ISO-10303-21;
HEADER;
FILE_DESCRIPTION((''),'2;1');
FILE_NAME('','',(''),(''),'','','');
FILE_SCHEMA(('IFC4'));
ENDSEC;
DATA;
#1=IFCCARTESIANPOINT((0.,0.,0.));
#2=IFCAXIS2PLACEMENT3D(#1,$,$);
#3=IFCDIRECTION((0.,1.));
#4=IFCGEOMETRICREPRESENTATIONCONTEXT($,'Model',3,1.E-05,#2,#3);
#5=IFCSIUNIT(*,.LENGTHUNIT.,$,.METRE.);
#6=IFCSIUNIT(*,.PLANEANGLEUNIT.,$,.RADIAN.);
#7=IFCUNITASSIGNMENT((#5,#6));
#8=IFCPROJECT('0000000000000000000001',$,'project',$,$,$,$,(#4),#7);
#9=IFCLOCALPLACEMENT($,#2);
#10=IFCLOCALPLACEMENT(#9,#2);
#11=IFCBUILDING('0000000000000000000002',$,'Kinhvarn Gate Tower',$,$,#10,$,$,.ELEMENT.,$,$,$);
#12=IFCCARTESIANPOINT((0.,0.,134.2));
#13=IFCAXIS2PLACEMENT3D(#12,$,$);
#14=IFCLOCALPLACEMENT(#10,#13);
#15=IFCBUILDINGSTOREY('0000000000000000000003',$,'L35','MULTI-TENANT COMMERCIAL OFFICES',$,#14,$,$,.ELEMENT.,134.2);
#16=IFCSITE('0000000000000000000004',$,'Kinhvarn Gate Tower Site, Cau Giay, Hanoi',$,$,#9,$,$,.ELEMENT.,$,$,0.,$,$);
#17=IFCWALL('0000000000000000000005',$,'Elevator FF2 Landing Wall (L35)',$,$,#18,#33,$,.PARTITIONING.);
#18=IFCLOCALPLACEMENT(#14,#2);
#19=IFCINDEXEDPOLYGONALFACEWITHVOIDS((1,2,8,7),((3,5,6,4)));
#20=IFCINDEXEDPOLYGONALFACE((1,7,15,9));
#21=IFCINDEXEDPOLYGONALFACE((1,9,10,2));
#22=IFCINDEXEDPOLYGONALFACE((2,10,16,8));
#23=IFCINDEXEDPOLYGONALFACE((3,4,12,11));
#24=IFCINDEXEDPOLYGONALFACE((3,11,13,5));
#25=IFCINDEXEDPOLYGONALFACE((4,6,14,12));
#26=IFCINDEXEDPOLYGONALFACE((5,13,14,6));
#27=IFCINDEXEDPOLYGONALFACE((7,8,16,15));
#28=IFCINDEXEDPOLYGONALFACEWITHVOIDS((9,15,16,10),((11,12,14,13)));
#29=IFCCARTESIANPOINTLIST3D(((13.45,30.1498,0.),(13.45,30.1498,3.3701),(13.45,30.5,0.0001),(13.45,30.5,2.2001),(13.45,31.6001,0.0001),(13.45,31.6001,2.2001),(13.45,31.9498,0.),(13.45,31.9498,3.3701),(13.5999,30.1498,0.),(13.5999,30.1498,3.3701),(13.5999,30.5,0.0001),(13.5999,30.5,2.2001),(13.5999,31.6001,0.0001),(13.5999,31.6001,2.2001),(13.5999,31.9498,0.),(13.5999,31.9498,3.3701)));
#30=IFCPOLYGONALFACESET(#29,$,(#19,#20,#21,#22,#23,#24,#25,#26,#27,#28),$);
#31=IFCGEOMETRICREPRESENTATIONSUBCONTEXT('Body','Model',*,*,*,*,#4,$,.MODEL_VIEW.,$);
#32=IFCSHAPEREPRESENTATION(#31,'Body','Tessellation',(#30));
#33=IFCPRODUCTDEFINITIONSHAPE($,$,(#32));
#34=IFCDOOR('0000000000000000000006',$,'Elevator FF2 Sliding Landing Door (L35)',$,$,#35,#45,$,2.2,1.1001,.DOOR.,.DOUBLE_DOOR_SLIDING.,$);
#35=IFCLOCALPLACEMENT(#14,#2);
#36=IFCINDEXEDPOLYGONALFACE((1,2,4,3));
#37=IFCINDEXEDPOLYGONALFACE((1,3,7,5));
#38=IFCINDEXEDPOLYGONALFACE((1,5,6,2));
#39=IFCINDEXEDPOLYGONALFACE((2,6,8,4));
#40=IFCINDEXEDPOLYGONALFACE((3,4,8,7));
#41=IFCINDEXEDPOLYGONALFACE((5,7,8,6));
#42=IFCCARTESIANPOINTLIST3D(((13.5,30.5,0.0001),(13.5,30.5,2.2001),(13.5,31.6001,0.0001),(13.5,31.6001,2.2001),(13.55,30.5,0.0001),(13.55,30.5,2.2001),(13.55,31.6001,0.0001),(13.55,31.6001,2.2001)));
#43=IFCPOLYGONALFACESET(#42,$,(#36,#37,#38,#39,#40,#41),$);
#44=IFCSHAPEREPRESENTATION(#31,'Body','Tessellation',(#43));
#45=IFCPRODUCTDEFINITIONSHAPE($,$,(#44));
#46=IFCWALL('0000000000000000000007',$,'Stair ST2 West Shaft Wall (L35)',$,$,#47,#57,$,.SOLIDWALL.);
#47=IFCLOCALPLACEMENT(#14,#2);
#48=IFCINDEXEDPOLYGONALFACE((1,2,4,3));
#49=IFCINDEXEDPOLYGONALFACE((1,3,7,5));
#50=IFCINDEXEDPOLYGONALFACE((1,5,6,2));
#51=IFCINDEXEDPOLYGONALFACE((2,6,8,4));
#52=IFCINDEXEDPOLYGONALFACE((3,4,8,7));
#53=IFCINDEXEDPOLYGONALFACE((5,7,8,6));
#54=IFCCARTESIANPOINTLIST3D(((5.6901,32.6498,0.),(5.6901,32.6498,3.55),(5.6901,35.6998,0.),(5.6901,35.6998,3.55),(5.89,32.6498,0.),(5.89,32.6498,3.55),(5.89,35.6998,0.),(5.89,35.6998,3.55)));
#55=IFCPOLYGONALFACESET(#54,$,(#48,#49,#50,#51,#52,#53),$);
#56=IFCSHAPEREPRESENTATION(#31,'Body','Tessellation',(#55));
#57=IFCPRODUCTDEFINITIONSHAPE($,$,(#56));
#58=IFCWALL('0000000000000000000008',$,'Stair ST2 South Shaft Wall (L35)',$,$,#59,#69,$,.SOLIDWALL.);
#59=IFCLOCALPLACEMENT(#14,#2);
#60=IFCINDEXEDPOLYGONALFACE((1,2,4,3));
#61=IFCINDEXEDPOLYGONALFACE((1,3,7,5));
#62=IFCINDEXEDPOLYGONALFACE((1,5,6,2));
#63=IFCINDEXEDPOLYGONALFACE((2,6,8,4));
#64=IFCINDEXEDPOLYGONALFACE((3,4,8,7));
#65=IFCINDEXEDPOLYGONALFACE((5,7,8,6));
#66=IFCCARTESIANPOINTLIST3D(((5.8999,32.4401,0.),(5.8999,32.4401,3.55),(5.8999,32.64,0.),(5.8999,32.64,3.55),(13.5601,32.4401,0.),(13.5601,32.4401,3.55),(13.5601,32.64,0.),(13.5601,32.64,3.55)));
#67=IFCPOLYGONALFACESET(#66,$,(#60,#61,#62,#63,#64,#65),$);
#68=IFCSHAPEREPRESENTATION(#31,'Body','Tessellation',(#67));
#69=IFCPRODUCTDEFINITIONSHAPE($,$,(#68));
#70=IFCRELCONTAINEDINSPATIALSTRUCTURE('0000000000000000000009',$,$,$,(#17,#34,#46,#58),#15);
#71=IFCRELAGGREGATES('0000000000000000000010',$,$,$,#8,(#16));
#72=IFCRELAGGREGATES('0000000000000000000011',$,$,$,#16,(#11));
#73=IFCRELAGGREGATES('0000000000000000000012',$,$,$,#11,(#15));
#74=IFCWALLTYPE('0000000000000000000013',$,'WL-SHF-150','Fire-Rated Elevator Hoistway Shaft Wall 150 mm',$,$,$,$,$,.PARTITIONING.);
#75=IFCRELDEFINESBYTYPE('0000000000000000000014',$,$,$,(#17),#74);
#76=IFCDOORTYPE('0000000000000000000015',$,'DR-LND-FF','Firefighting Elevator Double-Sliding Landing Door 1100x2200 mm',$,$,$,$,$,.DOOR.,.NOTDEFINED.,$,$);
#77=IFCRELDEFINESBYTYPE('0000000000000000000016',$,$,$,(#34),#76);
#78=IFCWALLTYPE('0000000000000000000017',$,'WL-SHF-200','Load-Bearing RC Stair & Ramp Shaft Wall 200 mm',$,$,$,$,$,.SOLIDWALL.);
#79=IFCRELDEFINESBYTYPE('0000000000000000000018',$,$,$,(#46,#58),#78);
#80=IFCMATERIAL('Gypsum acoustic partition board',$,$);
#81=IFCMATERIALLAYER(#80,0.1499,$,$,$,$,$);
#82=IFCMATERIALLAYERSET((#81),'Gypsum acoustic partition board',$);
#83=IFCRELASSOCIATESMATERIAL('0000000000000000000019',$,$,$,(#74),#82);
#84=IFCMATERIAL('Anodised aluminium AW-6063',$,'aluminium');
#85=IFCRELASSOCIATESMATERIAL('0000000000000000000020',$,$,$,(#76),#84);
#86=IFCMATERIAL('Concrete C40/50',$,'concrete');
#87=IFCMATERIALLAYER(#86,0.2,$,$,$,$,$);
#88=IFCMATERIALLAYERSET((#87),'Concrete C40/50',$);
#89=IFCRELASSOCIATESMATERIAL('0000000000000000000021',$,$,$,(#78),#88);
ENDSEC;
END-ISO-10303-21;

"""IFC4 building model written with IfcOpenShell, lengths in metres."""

from ifc_helpers import new_model, si_unit, direction, frame, frame_2d, origin, place, context, subcontext, project, spatial, rectangle, extrude, material, layer, layer_set, type_object, element, fill, save


model = new_model("IFC4")

# Units and contexts
model_context = context("Model", 3, precision=1e-05, world=origin(), true_north=direction((0.0, 1.0)))
body_context = subcontext(model_context, "Body", "Model", "MODEL_VIEW")
ifc_project = project(units=[si_unit("LENGTHUNIT", "METRE"), si_unit("PLANEANGLEUNIT", "RADIAN")], contexts=[model_context])

# Site, building, storey
site_placement = place(None, origin())
site = spatial("IfcSite", under=ifc_project, at=site_placement, Name="Kinhvarn Gate Tower Site, Cau Giay, Hanoi", CompositionType="ELEMENT", RefElevation=0.0)
building_placement = place(site_placement, origin())
building = spatial("IfcBuilding", under=site, at=building_placement, Name="Kinhvarn Gate Tower", CompositionType="ELEMENT")
storey_placement = place(building_placement, frame((0.0, 0.0, 134.2)))
storey = spatial("IfcBuildingStorey", under=building, at=storey_placement, Name="L35", Description="MULTI-TENANT COMMERCIAL OFFICES", CompositionType="ELEMENT", Elevation=134.2)

# Shared definitions
ifc_material_1 = material(Name="Gypsum acoustic partition board")
ifc_layer_1 = layer(ifc_material_1, 0.1499)
ifc_layer_set_1 = layer_set([ifc_layer_1], Name="Gypsum acoustic partition board")
wall_type_1 = type_object("IfcWallType", Name="WL-SHF-150", Description="Fire-Rated Elevator Hoistway Shaft Wall 150 mm", PredefinedType="PARTITIONING", material=ifc_layer_set_1)
ifc_material_2 = material(Name="Anodised aluminium AW-6063", Category="aluminium")

# Wall, opening, door
wall_1_placement = place(storey_placement, frame((13.5249, 30.1499, 0.0), z_axis=(0.0, 0.0, 1.0), x_axis=(0.0, 1.0, 0.0)))
wall_1 = element("IfcWall", 1, at=wall_1_placement, inside=storey, type_object=wall_type_1, Name="Elevator FF2 Landing Wall (L35)", PredefinedType="PARTITIONING", context=body_context, shape_type="SweptSolid", body=[
    extrude(rectangle(XDim=1.8, YDim=0.1499, at=frame_2d((0.8999, 0.0))), origin(), (0.0, 0.0, 1.0), 3.3701),
])
opening_1_placement = place(wall_1_placement, frame((0.3501, 0.0, 0.0)))
opening_1 = element("IfcOpeningElement", 2, at=opening_1_placement, cuts=wall_1, PredefinedType="OPENING", context=body_context, shape_type="SweptSolid", body=[
    extrude(rectangle(XDim=1.1001, YDim=2.2, at=frame_2d((0.55, 1.1001))), frame((0.0, 0.085, 0.0), z_axis=(0.0, -1.0, 0.0), x_axis=(1.0, 0.0, 0.0)), (0.0, 0.0, 1.0), 0.1699),
])
door_type_1 = type_object("IfcDoorType", Name="DR-LND-FF", Description="Firefighting Elevator Double-Sliding Landing Door 1100x2200 mm", OperationType="NOTDEFINED", PredefinedType="DOOR", material=ifc_material_2)
door_1_placement = place(opening_1_placement, origin())
door_1 = element("IfcDoor", 3, at=door_1_placement, inside=storey, type_object=door_type_1, Name="Elevator FF2 Sliding Landing Door (L35)", OperationType="DOUBLE_DOOR_SLIDING", OverallHeight=2.2, OverallWidth=1.1001, PredefinedType="DOOR", context=body_context, shape_type="SweptSolid", body=[
    extrude(rectangle(XDim=1.1001, YDim=2.2, at=frame_2d((0.55, 1.1001))), frame((0.0, 0.0249, 0.0), z_axis=(0.0, -1.0, 0.0), x_axis=(1.0, 0.0, 0.0)), (0.0, 0.0, 1.0), 0.05),
])
fill(opening_1, door_1)

# Walls
ifc_material_3 = material(Name="Concrete C40/50", Category="concrete")
ifc_layer_2 = layer(ifc_material_3, 0.2)
ifc_layer_set_2 = layer_set([ifc_layer_2], Name="Concrete C40/50")
wall_type_2 = type_object("IfcWallType", Name="WL-SHF-200", Description="Load-Bearing RC Stair & Ramp Shaft Wall 200 mm", PredefinedType="SOLIDWALL", material=ifc_layer_set_2)
wall_2_placement = place(storey_placement, frame((5.79, 32.6499, 0.0), z_axis=(0.0, 0.0, 1.0), x_axis=(0.0, 1.0, 0.0)))
element("IfcWall", 4, at=wall_2_placement, inside=storey, type_object=wall_type_2, Name="Stair ST2 West Shaft Wall (L35)", PredefinedType="SOLIDWALL", context=body_context, shape_type="SweptSolid", body=[
    extrude(rectangle(XDim=3.05, YDim=0.2, at=frame_2d((1.5249, 0.0))), origin(), (0.0, 0.0, 1.0), 3.55),
])
wall_3_placement = place(storey_placement, frame((5.8999, 32.54, 0.0), z_axis=(0.0, 0.0, 1.0), x_axis=(1.0, 0.0, 0.0)))
element("IfcWall", 5, at=wall_3_placement, inside=storey, type_object=wall_type_2, Name="Stair ST2 South Shaft Wall (L35)", PredefinedType="SOLIDWALL", context=body_context, shape_type="SweptSolid", body=[
    extrude(rectangle(XDim=7.6602, YDim=0.2, at=frame_2d((3.8301, 0.0))), origin(), (0.0, 0.0, 1.0), 3.55),
])

save(model, "model.ifc")
